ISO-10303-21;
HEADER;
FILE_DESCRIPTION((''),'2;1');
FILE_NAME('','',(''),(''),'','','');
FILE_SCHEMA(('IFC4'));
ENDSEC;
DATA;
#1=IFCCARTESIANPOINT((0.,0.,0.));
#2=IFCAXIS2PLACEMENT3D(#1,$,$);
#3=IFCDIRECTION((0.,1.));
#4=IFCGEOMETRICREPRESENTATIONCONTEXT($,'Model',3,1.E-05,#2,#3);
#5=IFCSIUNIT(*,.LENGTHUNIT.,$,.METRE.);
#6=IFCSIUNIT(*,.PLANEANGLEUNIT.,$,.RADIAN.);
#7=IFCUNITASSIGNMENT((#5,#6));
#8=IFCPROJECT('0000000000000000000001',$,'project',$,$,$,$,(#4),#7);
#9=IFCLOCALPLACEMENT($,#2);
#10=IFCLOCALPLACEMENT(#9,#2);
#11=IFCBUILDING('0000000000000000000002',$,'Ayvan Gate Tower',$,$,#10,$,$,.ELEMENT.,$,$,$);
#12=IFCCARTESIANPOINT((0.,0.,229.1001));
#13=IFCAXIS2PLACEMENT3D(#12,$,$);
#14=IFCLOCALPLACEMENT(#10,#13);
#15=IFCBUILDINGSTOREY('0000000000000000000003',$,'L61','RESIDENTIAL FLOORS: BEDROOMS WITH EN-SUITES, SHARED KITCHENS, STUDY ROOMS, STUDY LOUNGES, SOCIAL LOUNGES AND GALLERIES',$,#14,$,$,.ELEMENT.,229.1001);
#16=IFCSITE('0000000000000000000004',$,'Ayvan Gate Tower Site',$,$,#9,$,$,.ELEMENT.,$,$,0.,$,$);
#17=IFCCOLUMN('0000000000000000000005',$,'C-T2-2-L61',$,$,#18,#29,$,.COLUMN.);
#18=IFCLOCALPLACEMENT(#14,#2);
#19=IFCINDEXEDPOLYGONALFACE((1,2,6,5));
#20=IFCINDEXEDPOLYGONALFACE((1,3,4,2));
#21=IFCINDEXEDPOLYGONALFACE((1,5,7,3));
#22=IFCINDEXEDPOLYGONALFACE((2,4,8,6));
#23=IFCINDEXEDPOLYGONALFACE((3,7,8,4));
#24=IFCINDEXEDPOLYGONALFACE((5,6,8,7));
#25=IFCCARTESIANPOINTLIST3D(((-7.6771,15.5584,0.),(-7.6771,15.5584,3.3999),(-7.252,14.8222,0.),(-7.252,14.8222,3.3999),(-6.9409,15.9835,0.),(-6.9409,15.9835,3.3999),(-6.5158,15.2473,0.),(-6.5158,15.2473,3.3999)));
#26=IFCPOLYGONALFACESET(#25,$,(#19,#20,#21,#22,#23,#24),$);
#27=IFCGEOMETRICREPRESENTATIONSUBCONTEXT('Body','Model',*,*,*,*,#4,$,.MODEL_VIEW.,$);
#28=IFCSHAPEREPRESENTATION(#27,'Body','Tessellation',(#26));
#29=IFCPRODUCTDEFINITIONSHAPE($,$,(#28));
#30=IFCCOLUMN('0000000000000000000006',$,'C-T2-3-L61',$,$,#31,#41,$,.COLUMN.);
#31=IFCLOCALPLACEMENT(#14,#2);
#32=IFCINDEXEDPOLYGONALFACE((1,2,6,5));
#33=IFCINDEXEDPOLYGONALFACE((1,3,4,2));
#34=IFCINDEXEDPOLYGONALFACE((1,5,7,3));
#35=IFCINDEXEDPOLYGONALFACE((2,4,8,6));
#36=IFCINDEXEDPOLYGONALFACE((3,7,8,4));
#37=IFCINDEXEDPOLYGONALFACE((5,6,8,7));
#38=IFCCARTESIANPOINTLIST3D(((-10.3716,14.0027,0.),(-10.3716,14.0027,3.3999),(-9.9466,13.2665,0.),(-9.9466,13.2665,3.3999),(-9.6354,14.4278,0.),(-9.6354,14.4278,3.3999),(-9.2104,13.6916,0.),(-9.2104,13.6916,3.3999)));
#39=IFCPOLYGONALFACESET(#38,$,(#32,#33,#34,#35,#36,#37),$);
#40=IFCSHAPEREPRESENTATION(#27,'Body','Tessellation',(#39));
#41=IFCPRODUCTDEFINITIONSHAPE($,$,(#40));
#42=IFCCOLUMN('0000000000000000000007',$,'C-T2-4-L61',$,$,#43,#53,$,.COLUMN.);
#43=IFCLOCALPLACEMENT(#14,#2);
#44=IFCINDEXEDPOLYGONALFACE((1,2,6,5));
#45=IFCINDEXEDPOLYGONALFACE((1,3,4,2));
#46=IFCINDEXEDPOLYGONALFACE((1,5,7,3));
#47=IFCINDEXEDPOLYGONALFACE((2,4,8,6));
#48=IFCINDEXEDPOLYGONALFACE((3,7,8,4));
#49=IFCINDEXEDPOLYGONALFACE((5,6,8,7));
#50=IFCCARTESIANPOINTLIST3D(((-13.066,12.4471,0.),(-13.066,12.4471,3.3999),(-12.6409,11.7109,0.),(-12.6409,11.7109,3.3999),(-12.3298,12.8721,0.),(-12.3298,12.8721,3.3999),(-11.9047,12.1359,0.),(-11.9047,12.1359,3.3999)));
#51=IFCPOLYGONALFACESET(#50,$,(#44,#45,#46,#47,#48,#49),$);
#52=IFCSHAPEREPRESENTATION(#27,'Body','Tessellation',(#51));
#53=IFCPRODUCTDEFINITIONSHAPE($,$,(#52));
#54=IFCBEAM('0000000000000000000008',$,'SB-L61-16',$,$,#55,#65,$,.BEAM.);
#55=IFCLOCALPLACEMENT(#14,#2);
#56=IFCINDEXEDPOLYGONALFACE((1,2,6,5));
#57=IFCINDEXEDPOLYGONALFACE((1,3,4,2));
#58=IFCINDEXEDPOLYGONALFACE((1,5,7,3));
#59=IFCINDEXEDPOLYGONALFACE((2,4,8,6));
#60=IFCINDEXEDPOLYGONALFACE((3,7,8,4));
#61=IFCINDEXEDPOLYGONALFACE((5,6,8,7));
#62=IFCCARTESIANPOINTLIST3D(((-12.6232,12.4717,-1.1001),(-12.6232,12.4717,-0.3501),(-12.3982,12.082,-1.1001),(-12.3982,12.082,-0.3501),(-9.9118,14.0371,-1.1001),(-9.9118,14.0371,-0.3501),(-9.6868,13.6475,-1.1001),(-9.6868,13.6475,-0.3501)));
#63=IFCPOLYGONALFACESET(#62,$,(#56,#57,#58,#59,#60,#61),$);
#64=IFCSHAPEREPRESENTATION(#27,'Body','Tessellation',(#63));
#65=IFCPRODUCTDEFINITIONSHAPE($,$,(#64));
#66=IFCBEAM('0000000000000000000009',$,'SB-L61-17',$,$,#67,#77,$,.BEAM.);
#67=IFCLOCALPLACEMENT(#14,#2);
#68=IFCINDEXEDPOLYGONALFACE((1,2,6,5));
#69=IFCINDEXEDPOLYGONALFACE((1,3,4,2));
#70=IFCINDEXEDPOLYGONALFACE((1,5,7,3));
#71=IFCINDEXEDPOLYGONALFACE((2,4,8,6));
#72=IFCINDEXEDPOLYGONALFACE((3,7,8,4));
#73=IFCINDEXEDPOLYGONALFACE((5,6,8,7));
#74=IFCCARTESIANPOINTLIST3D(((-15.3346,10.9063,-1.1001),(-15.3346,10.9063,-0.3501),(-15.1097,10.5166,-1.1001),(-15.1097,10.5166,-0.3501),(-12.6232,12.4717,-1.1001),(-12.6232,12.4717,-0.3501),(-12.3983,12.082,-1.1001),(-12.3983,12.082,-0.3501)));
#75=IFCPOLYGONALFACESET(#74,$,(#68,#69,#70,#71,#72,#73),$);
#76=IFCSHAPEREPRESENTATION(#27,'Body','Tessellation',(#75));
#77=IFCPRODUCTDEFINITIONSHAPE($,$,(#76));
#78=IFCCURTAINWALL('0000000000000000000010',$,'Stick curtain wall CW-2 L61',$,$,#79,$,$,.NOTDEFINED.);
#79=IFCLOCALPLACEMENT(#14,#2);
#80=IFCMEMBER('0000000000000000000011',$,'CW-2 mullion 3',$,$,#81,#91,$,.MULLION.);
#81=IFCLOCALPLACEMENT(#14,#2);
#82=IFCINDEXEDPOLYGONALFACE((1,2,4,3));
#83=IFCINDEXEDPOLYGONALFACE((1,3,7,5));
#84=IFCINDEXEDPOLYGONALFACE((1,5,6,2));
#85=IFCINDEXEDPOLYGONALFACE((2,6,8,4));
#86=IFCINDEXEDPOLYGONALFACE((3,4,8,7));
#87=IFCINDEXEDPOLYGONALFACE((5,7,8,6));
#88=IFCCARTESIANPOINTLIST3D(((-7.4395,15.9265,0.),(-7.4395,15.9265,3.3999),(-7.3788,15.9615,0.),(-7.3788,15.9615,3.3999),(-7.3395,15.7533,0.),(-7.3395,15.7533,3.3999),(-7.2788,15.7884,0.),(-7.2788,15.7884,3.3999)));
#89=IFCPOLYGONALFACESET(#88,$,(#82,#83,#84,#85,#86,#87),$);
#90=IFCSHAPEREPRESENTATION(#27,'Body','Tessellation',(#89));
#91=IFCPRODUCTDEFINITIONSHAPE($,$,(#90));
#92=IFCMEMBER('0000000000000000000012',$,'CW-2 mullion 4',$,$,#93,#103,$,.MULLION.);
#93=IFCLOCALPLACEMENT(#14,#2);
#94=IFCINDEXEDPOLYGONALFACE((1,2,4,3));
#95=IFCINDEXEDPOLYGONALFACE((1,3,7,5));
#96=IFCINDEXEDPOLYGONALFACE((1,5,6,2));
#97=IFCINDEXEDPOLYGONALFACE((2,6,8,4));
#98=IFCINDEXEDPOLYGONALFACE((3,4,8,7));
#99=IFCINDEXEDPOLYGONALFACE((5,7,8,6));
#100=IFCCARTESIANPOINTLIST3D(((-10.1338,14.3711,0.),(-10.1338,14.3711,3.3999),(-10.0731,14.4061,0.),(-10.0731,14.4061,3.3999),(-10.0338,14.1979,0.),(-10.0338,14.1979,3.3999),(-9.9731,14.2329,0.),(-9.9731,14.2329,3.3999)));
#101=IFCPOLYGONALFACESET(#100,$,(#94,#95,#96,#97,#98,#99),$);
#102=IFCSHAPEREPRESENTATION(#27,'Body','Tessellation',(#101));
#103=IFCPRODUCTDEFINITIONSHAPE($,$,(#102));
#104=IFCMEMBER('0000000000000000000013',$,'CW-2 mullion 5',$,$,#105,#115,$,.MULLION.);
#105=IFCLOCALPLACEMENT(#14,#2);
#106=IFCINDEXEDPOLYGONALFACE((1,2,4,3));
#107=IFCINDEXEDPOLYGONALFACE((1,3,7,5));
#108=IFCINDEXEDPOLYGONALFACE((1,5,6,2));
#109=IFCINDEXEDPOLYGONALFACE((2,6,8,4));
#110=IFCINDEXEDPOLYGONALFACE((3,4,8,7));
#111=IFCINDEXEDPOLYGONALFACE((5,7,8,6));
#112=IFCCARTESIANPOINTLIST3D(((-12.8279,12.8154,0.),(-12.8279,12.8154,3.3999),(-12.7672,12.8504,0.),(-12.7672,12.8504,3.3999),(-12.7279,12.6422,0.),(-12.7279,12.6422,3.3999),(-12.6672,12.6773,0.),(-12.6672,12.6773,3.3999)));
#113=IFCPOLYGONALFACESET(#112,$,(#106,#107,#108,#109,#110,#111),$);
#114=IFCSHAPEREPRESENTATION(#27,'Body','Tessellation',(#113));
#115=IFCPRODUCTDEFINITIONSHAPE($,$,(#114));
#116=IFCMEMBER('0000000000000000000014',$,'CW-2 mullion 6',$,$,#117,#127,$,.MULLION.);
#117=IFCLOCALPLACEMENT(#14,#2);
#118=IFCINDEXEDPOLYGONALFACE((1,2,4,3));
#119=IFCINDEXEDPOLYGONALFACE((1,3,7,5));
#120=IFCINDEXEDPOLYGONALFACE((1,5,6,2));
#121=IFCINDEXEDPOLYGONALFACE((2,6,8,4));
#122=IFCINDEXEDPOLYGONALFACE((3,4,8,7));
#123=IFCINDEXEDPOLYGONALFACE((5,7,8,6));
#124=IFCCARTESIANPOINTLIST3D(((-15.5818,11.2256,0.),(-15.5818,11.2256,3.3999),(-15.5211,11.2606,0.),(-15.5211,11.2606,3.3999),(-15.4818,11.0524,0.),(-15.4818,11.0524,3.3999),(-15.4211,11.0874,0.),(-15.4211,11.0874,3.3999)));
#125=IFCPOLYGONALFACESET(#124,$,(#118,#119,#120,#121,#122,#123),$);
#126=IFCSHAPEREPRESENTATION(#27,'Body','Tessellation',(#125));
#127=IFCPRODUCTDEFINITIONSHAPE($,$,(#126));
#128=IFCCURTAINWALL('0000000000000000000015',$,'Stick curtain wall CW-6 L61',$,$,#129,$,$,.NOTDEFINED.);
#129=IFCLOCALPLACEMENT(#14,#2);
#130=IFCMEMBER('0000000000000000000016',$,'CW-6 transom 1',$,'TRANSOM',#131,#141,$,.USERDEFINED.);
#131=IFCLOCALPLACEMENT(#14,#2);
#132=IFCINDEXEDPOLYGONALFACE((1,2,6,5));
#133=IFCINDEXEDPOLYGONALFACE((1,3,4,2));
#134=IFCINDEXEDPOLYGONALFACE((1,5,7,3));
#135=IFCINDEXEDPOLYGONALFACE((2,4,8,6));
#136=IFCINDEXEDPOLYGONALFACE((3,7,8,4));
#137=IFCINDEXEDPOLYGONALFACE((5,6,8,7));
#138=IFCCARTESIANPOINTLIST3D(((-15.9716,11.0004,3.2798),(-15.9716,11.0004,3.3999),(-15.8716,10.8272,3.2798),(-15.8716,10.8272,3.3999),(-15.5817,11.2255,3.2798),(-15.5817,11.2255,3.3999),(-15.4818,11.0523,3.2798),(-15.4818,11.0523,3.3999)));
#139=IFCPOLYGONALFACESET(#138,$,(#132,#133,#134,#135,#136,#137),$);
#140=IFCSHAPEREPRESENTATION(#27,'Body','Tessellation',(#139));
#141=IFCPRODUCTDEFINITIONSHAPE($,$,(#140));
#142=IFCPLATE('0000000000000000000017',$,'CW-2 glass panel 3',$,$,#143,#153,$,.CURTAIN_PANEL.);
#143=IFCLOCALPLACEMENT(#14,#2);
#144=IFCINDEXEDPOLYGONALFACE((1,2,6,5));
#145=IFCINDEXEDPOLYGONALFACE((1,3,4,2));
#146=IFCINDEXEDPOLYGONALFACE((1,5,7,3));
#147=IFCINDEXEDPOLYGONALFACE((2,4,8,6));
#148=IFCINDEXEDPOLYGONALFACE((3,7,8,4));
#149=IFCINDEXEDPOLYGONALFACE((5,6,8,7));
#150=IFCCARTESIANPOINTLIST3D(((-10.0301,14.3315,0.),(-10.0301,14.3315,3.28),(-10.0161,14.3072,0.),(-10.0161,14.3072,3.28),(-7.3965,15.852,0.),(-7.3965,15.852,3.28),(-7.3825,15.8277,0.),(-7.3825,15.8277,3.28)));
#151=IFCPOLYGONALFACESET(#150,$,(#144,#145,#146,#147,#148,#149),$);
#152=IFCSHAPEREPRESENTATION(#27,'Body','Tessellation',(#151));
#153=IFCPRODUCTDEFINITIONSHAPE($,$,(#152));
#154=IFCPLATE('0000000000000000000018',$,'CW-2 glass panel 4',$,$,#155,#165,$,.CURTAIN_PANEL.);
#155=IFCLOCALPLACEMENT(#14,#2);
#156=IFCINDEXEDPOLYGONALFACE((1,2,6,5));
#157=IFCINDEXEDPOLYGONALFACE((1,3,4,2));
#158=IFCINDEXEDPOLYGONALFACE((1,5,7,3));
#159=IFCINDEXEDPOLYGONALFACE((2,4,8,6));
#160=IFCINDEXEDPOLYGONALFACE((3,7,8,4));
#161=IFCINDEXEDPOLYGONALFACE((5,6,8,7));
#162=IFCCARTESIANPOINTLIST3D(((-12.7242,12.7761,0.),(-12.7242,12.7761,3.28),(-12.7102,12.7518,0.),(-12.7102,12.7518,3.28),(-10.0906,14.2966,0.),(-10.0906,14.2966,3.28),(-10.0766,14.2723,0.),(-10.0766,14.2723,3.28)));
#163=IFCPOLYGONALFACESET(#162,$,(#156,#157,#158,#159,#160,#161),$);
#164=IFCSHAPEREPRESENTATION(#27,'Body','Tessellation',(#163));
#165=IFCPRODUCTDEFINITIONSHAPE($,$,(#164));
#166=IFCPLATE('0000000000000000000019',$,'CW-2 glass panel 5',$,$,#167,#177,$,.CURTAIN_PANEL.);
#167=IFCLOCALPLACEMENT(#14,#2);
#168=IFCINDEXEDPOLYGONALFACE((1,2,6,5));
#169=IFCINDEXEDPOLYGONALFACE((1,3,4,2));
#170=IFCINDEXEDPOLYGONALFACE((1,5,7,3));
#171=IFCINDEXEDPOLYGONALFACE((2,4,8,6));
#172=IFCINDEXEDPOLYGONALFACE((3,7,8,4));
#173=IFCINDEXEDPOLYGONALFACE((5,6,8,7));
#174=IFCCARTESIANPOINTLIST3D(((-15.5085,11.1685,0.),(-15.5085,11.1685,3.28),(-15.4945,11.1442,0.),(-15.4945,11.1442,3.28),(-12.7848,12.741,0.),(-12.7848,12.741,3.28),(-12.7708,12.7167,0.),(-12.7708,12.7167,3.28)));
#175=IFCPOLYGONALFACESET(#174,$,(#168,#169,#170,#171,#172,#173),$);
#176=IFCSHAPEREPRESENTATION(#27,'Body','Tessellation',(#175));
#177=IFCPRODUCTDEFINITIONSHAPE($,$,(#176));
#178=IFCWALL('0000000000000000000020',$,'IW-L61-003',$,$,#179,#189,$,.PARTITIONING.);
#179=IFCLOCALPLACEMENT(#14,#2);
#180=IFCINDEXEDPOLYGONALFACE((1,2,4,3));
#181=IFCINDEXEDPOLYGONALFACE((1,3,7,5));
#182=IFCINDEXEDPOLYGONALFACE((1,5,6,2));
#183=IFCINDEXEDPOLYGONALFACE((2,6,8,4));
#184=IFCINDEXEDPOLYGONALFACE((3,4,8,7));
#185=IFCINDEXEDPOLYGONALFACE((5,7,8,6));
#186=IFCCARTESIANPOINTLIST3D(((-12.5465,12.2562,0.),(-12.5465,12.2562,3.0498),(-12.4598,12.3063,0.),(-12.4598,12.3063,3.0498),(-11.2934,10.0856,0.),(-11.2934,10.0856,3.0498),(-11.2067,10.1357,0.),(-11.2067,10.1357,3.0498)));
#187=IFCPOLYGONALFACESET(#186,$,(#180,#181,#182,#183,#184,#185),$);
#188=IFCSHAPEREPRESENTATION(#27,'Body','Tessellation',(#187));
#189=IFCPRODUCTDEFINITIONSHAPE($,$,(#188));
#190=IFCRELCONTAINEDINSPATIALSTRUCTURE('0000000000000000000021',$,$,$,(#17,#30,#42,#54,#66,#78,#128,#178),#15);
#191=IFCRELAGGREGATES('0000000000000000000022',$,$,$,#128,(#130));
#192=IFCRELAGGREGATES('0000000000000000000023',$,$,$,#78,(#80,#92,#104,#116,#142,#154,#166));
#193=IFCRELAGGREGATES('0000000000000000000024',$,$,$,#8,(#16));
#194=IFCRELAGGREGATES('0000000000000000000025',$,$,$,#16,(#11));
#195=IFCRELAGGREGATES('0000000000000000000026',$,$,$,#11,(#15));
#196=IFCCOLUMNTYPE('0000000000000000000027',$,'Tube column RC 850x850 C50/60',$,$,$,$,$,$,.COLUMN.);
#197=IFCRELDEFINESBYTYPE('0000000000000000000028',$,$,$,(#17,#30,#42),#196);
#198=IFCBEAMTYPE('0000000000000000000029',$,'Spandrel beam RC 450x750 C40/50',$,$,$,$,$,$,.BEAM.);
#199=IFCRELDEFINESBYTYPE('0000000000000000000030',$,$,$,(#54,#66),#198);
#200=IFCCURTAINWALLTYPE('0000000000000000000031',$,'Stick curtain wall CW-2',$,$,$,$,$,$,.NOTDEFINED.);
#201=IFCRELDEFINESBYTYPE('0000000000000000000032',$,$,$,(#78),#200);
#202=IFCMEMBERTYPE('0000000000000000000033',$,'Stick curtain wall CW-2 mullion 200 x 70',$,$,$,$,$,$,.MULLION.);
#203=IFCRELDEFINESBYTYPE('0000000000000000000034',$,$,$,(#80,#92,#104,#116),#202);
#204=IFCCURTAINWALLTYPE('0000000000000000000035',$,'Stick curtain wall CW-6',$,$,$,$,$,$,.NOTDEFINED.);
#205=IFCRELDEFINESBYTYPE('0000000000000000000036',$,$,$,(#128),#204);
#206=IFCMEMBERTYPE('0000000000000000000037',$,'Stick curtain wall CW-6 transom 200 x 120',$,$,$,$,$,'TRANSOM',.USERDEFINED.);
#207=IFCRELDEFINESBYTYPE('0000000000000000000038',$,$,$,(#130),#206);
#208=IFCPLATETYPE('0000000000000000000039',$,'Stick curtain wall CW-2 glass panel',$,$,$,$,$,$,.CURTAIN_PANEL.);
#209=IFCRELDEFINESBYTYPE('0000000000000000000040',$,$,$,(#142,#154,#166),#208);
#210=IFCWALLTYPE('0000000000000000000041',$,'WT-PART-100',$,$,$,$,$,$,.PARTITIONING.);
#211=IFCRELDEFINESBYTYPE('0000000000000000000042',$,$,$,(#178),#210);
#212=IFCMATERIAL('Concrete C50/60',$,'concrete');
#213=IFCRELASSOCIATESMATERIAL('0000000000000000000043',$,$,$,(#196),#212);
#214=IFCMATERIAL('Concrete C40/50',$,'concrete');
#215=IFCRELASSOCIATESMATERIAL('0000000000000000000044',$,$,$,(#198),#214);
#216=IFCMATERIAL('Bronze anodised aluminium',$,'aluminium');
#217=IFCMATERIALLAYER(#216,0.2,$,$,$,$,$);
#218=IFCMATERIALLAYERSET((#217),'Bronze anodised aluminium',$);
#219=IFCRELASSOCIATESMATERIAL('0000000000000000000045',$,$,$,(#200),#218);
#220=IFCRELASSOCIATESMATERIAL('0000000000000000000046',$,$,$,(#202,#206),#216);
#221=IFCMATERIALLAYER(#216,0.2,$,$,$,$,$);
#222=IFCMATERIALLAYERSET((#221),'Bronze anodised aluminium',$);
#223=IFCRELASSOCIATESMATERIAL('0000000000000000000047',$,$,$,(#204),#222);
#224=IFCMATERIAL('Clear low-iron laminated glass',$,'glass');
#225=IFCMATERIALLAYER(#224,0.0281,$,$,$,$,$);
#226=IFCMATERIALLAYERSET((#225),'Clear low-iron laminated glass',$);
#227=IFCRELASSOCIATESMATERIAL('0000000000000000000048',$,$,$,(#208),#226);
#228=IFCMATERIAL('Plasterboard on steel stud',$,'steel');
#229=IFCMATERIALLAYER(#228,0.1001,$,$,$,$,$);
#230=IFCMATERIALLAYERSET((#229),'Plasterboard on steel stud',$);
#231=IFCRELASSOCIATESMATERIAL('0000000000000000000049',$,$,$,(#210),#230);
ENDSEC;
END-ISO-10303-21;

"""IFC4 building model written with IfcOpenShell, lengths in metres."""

from ifc_helpers import new_model, si_unit, direction, frame, frame_2d, origin, origin_2d, place, context, subcontext, project, spatial, rectangle, extrude, material, layer, layer_set, material_profile, profile_set, type_object, element, aggregate, save


model = new_model("IFC4")

# Units and contexts
model_context = context("Model", 3, precision=1e-05, world=origin(), true_north=direction((0.0, 1.0)))
body_context = subcontext(model_context, "Body", "Model", "MODEL_VIEW")
ifc_project = project(units=[si_unit("LENGTHUNIT", "METRE"), si_unit("PLANEANGLEUNIT", "RADIAN")], contexts=[model_context])

# Site, building, storey
site_placement = place(None, origin())
site = spatial("IfcSite", under=ifc_project, at=site_placement, Name="Ayvan Gate Tower Site", CompositionType="ELEMENT", RefElevation=0.0)
building_placement = place(site_placement, origin())
building = spatial("IfcBuilding", under=site, at=building_placement, Name="Ayvan Gate Tower", CompositionType="ELEMENT")
storey_placement = place(building_placement, frame((0.0, 0.0, 229.1001)))
storey = spatial("IfcBuildingStorey", under=building, at=storey_placement, Name="L61", Description="RESIDENTIAL FLOORS: BEDROOMS WITH EN-SUITES, SHARED KITCHENS, STUDY ROOMS, STUDY LOUNGES, SOCIAL LOUNGES AND GALLERIES", CompositionType="ELEMENT", Elevation=229.1001)

# Columns
ifc_material_1 = material(Name="Concrete C50/60", Category="concrete")
ifc_material_profile_1 = material_profile(ifc_material_1, rectangle(XDim=0.8501, YDim=0.8501, at=origin_2d()), Name="RC 850x850")
ifc_profile_set_1 = profile_set([ifc_material_profile_1], Name="Concrete C50/60")
column_type = type_object("IfcColumnType", Name="Tube column RC 850x850 C50/60", PredefinedType="COLUMN", material=ifc_profile_set_1)
for number, where, z_axis, x_axis, name in (
    (1, (-7.0964, 15.4028, 0.0), (0.0, 0.0, 1.0), (-0.5, 0.866025, 0.0), "C-T2-2-L61"),
    (2, (-9.791, 13.8472, 0.0), (0.0, 0.0, 1.0), (-0.5, 0.866025, 0.0), "C-T2-3-L61"),
    (3, (-12.4854, 12.2915, 0.0), (0.0, 0.0, 1.0), (-0.5, 0.866025, 0.0), "C-T2-4-L61"),
):
    element("IfcColumn", number, at=place(storey_placement, frame(where, z_axis=z_axis, x_axis=x_axis)), inside=storey, type_object=column_type, Name=name, PredefinedType="COLUMN", context=body_context, shape_type="SweptSolid", body=[
        extrude(rectangle(XDim=0.8501, YDim=0.8501, at=origin_2d()), origin(), (0.0, 0.0, 1.0), 3.3999),
    ])

# Beams
ifc_material_2 = material(Name="Concrete C40/50", Category="concrete")
ifc_material_profile_2 = material_profile(ifc_material_2, rectangle(XDim=0.45, YDim=0.75, at=origin_2d()), Name="RC 450x750")
ifc_profile_set_2 = profile_set([ifc_material_profile_2], Name="Concrete C40/50")
beam_type = type_object("IfcBeamType", Name="Spandrel beam RC 450x750 C40/50", PredefinedType="BEAM", material=ifc_profile_set_2)
for number, where, z_axis, x_axis, name in (
    (4, (-9.7993, 13.8423, -0.7251), (-0.866027, -0.499997, 0.0), (0.499997, -0.866027, 0.0), "SB-L61-16"),
    (5, (-12.5107, 12.2769, -0.7251), (-0.866027, -0.499997, 0.0), (0.499997, -0.866027, 0.0), "SB-L61-17"),
):
    element("IfcBeam", number, at=place(storey_placement, frame(where, z_axis=z_axis, x_axis=x_axis)), inside=storey, type_object=beam_type, Name=name, PredefinedType="BEAM", context=body_context, shape_type="SweptSolid", body=[
        extrude(rectangle(XDim=0.45, YDim=0.75, at=origin_2d()), origin(), (0.0, 0.0, 1.0), 3.1309),
    ])

# Curtain wall, members
ifc_material_3 = material(Name="Bronze anodised aluminium", Category="aluminium")
ifc_layer_1 = layer(ifc_material_3, 0.2)
ifc_layer_set_1 = layer_set([ifc_layer_1], Name="Bronze anodised aluminium")
curtain_wall_type_1 = type_object("IfcCurtainWallType", Name="Stick curtain wall CW-2", PredefinedType="NOTDEFINED", material=ifc_layer_set_1)
curtain_wall_1_placement = place(storey_placement, origin())
curtain_wall_1 = element("IfcCurtainWall", 6, at=curtain_wall_1_placement, inside=storey, type_object=curtain_wall_type_1, Name="Stick curtain wall CW-2 L61", PredefinedType="NOTDEFINED")
ifc_material_profile_3 = material_profile(ifc_material_3, rectangle(XDim=0.2, YDim=0.0701, at=origin_2d()), Name="Stick curtain wall CW-2 mullion 200 x 70")
ifc_profile_set_3 = profile_set([ifc_material_profile_3], Name="Bronze anodised aluminium")
member_type_1 = type_object("IfcMemberType", Name="Stick curtain wall CW-2 mullion 200 x 70", PredefinedType="MULLION", material=ifc_profile_set_3)
member_1_placement = place(storey_placement, frame((-7.3591, 15.8574, 0.0), z_axis=(0.0, 0.0, 1.0), x_axis=(-0.5, 0.866025, 0.0)))
member_1 = element("IfcMember", 7, at=member_1_placement, type_object=member_type_1, Name="CW-2 mullion 3", PredefinedType="MULLION", context=body_context, shape_type="SweptSolid", body=[
    extrude(rectangle(XDim=0.2, YDim=0.0701, at=origin_2d()), origin(), (0.0, 0.0, 1.0), 3.3999),
])
member_2_placement = place(storey_placement, frame((-10.0535, 14.302, 0.0), z_axis=(0.0, 0.0, 1.0), x_axis=(-0.5, 0.866025, 0.0)))
member_2 = element("IfcMember", 8, at=member_2_placement, type_object=member_type_1, Name="CW-2 mullion 4", PredefinedType="MULLION", context=body_context, shape_type="SweptSolid", body=[
    extrude(rectangle(XDim=0.2, YDim=0.0701, at=origin_2d()), origin(), (0.0, 0.0, 1.0), 3.3999),
])
member_3_placement = place(storey_placement, frame((-12.7476, 12.7463, 0.0), z_axis=(0.0, 0.0, 1.0), x_axis=(-0.5, 0.866025, 0.0)))
member_3 = element("IfcMember", 9, at=member_3_placement, type_object=member_type_1, Name="CW-2 mullion 5", PredefinedType="MULLION", context=body_context, shape_type="SweptSolid", body=[
    extrude(rectangle(XDim=0.2, YDim=0.0701, at=origin_2d()), origin(), (0.0, 0.0, 1.0), 3.3999),
])
member_4_placement = place(storey_placement, frame((-15.5015, 11.1565, 0.0), z_axis=(0.0, 0.0, 1.0), x_axis=(-0.5, 0.866025, 0.0)))
member_4 = element("IfcMember", 10, at=member_4_placement, type_object=member_type_1, Name="CW-2 mullion 6", PredefinedType="MULLION", context=body_context, shape_type="SweptSolid", body=[
    extrude(rectangle(XDim=0.2, YDim=0.0701, at=origin_2d()), origin(), (0.0, 0.0, 1.0), 3.3999),
])

# Curtain wall, member
ifc_layer_2 = layer(ifc_material_3, 0.2)
ifc_layer_set_2 = layer_set([ifc_layer_2], Name="Bronze anodised aluminium")
curtain_wall_type_2 = type_object("IfcCurtainWallType", Name="Stick curtain wall CW-6", PredefinedType="NOTDEFINED", material=ifc_layer_set_2)
curtain_wall_2_placement = place(storey_placement, origin())
curtain_wall_2 = element("IfcCurtainWall", 11, at=curtain_wall_2_placement, inside=storey, type_object=curtain_wall_type_2, Name="Stick curtain wall CW-6 L61", PredefinedType="NOTDEFINED")
ifc_material_profile_4 = material_profile(ifc_material_3, rectangle(XDim=0.2, YDim=0.1201, at=origin_2d()), Name="Stick curtain wall CW-6 transom 200 x 120")
ifc_profile_set_4 = profile_set([ifc_material_profile_4], Name="Bronze anodised aluminium")
member_type_2 = type_object("IfcMemberType", Name="Stick curtain wall CW-6 transom 200 x 120", ElementType="TRANSOM", PredefinedType="USERDEFINED", material=ifc_profile_set_4)
member_5_placement = place(storey_placement, frame((-15.5317, 11.1389, 3.3398), z_axis=(-0.866032, -0.499988, 0.0), x_axis=(0.499988, -0.866032, 0.0)))
member_5 = element("IfcMember", 12, at=member_5_placement, type_object=member_type_2, Name="CW-6 transom 1", ObjectType="TRANSOM", PredefinedType="USERDEFINED", context=body_context, shape_type="SweptSolid", body=[
    extrude(rectangle(XDim=0.2, YDim=0.1201, at=origin_2d()), origin(), (0.0, 0.0, 1.0), 0.4502),
])
aggregate(curtain_wall_2, [member_5])

# Plates
ifc_material_4 = material(Name="Clear low-iron laminated glass", Category="glass")
ifc_layer_3 = layer(ifc_material_4, 0.0281)
ifc_layer_set_3 = layer_set([ifc_layer_3], Name="Clear low-iron laminated glass")
plate_type = type_object("IfcPlateType", Name="Stick curtain wall CW-2 glass panel", PredefinedType="CURTAIN_PANEL", material=ifc_layer_set_3)
plate_1_placement = place(storey_placement, frame((-8.7063, 15.0796, 0.0), z_axis=(0.0, 0.0, 1.0), x_axis=(-0.866025, -0.5, 0.0)))
plate_1 = element("IfcPlate", 13, at=plate_1_placement, type_object=plate_type, Name="CW-2 glass panel 3", PredefinedType="CURTAIN_PANEL", context=body_context, shape_type="SweptSolid", body=[
    extrude(rectangle(XDim=3.041, YDim=0.0281, at=origin_2d()), origin(), (0.0, 0.0, 1.0), 3.28),
])
plate_2_placement = place(storey_placement, frame((-11.4004, 13.5242, 0.0), z_axis=(0.0, 0.0, 1.0), x_axis=(-0.866025, -0.5, 0.0)))
plate_2 = element("IfcPlate", 14, at=plate_2_placement, type_object=plate_type, Name="CW-2 glass panel 4", PredefinedType="CURTAIN_PANEL", context=body_context, shape_type="SweptSolid", body=[
    extrude(rectangle(XDim=3.041, YDim=0.0281, at=origin_2d()), origin(), (0.0, 0.0, 1.0), 3.28),
])
plate_3_placement = place(storey_placement, frame((-14.1396, 11.9426, 0.0), z_axis=(0.0, 0.0, 1.0), x_axis=(-0.866025, -0.5, 0.0)))
plate_3 = element("IfcPlate", 15, at=plate_3_placement, type_object=plate_type, Name="CW-2 glass panel 5", PredefinedType="CURTAIN_PANEL", context=body_context, shape_type="SweptSolid", body=[
    extrude(rectangle(XDim=3.145, YDim=0.0281, at=origin_2d()), origin(), (0.0, 0.0, 1.0), 3.28),
])
aggregate(curtain_wall_1, [member_1, member_2, member_3, member_4, plate_1, plate_2, plate_3])

# Wall
ifc_material_5 = material(Name="Plasterboard on steel stud", Category="steel")
ifc_layer_4 = layer(ifc_material_5, 0.1001)
ifc_layer_set_4 = layer_set([ifc_layer_4], Name="Plasterboard on steel stud")
wall_type = type_object("IfcWallType", Name="WT-PART-100", PredefinedType="PARTITIONING", material=ifc_layer_set_4)
wall_placement = place(storey_placement, frame((-12.5032, 12.2812, 0.0), z_axis=(0.0, 0.0, 1.0), x_axis=(0.499984, -0.866035, 0.0)))
element("IfcWall", 16, at=wall_placement, inside=storey, type_object=wall_type, Name="IW-L61-003", PredefinedType="PARTITIONING", context=body_context, shape_type="SweptSolid", body=[
    extrude(rectangle(XDim=2.5063, YDim=0.1001, at=frame_2d((1.2532, 0.0))), origin(), (0.0, 0.0, 1.0), 3.0498),
])

save(model, "model.ifc")
